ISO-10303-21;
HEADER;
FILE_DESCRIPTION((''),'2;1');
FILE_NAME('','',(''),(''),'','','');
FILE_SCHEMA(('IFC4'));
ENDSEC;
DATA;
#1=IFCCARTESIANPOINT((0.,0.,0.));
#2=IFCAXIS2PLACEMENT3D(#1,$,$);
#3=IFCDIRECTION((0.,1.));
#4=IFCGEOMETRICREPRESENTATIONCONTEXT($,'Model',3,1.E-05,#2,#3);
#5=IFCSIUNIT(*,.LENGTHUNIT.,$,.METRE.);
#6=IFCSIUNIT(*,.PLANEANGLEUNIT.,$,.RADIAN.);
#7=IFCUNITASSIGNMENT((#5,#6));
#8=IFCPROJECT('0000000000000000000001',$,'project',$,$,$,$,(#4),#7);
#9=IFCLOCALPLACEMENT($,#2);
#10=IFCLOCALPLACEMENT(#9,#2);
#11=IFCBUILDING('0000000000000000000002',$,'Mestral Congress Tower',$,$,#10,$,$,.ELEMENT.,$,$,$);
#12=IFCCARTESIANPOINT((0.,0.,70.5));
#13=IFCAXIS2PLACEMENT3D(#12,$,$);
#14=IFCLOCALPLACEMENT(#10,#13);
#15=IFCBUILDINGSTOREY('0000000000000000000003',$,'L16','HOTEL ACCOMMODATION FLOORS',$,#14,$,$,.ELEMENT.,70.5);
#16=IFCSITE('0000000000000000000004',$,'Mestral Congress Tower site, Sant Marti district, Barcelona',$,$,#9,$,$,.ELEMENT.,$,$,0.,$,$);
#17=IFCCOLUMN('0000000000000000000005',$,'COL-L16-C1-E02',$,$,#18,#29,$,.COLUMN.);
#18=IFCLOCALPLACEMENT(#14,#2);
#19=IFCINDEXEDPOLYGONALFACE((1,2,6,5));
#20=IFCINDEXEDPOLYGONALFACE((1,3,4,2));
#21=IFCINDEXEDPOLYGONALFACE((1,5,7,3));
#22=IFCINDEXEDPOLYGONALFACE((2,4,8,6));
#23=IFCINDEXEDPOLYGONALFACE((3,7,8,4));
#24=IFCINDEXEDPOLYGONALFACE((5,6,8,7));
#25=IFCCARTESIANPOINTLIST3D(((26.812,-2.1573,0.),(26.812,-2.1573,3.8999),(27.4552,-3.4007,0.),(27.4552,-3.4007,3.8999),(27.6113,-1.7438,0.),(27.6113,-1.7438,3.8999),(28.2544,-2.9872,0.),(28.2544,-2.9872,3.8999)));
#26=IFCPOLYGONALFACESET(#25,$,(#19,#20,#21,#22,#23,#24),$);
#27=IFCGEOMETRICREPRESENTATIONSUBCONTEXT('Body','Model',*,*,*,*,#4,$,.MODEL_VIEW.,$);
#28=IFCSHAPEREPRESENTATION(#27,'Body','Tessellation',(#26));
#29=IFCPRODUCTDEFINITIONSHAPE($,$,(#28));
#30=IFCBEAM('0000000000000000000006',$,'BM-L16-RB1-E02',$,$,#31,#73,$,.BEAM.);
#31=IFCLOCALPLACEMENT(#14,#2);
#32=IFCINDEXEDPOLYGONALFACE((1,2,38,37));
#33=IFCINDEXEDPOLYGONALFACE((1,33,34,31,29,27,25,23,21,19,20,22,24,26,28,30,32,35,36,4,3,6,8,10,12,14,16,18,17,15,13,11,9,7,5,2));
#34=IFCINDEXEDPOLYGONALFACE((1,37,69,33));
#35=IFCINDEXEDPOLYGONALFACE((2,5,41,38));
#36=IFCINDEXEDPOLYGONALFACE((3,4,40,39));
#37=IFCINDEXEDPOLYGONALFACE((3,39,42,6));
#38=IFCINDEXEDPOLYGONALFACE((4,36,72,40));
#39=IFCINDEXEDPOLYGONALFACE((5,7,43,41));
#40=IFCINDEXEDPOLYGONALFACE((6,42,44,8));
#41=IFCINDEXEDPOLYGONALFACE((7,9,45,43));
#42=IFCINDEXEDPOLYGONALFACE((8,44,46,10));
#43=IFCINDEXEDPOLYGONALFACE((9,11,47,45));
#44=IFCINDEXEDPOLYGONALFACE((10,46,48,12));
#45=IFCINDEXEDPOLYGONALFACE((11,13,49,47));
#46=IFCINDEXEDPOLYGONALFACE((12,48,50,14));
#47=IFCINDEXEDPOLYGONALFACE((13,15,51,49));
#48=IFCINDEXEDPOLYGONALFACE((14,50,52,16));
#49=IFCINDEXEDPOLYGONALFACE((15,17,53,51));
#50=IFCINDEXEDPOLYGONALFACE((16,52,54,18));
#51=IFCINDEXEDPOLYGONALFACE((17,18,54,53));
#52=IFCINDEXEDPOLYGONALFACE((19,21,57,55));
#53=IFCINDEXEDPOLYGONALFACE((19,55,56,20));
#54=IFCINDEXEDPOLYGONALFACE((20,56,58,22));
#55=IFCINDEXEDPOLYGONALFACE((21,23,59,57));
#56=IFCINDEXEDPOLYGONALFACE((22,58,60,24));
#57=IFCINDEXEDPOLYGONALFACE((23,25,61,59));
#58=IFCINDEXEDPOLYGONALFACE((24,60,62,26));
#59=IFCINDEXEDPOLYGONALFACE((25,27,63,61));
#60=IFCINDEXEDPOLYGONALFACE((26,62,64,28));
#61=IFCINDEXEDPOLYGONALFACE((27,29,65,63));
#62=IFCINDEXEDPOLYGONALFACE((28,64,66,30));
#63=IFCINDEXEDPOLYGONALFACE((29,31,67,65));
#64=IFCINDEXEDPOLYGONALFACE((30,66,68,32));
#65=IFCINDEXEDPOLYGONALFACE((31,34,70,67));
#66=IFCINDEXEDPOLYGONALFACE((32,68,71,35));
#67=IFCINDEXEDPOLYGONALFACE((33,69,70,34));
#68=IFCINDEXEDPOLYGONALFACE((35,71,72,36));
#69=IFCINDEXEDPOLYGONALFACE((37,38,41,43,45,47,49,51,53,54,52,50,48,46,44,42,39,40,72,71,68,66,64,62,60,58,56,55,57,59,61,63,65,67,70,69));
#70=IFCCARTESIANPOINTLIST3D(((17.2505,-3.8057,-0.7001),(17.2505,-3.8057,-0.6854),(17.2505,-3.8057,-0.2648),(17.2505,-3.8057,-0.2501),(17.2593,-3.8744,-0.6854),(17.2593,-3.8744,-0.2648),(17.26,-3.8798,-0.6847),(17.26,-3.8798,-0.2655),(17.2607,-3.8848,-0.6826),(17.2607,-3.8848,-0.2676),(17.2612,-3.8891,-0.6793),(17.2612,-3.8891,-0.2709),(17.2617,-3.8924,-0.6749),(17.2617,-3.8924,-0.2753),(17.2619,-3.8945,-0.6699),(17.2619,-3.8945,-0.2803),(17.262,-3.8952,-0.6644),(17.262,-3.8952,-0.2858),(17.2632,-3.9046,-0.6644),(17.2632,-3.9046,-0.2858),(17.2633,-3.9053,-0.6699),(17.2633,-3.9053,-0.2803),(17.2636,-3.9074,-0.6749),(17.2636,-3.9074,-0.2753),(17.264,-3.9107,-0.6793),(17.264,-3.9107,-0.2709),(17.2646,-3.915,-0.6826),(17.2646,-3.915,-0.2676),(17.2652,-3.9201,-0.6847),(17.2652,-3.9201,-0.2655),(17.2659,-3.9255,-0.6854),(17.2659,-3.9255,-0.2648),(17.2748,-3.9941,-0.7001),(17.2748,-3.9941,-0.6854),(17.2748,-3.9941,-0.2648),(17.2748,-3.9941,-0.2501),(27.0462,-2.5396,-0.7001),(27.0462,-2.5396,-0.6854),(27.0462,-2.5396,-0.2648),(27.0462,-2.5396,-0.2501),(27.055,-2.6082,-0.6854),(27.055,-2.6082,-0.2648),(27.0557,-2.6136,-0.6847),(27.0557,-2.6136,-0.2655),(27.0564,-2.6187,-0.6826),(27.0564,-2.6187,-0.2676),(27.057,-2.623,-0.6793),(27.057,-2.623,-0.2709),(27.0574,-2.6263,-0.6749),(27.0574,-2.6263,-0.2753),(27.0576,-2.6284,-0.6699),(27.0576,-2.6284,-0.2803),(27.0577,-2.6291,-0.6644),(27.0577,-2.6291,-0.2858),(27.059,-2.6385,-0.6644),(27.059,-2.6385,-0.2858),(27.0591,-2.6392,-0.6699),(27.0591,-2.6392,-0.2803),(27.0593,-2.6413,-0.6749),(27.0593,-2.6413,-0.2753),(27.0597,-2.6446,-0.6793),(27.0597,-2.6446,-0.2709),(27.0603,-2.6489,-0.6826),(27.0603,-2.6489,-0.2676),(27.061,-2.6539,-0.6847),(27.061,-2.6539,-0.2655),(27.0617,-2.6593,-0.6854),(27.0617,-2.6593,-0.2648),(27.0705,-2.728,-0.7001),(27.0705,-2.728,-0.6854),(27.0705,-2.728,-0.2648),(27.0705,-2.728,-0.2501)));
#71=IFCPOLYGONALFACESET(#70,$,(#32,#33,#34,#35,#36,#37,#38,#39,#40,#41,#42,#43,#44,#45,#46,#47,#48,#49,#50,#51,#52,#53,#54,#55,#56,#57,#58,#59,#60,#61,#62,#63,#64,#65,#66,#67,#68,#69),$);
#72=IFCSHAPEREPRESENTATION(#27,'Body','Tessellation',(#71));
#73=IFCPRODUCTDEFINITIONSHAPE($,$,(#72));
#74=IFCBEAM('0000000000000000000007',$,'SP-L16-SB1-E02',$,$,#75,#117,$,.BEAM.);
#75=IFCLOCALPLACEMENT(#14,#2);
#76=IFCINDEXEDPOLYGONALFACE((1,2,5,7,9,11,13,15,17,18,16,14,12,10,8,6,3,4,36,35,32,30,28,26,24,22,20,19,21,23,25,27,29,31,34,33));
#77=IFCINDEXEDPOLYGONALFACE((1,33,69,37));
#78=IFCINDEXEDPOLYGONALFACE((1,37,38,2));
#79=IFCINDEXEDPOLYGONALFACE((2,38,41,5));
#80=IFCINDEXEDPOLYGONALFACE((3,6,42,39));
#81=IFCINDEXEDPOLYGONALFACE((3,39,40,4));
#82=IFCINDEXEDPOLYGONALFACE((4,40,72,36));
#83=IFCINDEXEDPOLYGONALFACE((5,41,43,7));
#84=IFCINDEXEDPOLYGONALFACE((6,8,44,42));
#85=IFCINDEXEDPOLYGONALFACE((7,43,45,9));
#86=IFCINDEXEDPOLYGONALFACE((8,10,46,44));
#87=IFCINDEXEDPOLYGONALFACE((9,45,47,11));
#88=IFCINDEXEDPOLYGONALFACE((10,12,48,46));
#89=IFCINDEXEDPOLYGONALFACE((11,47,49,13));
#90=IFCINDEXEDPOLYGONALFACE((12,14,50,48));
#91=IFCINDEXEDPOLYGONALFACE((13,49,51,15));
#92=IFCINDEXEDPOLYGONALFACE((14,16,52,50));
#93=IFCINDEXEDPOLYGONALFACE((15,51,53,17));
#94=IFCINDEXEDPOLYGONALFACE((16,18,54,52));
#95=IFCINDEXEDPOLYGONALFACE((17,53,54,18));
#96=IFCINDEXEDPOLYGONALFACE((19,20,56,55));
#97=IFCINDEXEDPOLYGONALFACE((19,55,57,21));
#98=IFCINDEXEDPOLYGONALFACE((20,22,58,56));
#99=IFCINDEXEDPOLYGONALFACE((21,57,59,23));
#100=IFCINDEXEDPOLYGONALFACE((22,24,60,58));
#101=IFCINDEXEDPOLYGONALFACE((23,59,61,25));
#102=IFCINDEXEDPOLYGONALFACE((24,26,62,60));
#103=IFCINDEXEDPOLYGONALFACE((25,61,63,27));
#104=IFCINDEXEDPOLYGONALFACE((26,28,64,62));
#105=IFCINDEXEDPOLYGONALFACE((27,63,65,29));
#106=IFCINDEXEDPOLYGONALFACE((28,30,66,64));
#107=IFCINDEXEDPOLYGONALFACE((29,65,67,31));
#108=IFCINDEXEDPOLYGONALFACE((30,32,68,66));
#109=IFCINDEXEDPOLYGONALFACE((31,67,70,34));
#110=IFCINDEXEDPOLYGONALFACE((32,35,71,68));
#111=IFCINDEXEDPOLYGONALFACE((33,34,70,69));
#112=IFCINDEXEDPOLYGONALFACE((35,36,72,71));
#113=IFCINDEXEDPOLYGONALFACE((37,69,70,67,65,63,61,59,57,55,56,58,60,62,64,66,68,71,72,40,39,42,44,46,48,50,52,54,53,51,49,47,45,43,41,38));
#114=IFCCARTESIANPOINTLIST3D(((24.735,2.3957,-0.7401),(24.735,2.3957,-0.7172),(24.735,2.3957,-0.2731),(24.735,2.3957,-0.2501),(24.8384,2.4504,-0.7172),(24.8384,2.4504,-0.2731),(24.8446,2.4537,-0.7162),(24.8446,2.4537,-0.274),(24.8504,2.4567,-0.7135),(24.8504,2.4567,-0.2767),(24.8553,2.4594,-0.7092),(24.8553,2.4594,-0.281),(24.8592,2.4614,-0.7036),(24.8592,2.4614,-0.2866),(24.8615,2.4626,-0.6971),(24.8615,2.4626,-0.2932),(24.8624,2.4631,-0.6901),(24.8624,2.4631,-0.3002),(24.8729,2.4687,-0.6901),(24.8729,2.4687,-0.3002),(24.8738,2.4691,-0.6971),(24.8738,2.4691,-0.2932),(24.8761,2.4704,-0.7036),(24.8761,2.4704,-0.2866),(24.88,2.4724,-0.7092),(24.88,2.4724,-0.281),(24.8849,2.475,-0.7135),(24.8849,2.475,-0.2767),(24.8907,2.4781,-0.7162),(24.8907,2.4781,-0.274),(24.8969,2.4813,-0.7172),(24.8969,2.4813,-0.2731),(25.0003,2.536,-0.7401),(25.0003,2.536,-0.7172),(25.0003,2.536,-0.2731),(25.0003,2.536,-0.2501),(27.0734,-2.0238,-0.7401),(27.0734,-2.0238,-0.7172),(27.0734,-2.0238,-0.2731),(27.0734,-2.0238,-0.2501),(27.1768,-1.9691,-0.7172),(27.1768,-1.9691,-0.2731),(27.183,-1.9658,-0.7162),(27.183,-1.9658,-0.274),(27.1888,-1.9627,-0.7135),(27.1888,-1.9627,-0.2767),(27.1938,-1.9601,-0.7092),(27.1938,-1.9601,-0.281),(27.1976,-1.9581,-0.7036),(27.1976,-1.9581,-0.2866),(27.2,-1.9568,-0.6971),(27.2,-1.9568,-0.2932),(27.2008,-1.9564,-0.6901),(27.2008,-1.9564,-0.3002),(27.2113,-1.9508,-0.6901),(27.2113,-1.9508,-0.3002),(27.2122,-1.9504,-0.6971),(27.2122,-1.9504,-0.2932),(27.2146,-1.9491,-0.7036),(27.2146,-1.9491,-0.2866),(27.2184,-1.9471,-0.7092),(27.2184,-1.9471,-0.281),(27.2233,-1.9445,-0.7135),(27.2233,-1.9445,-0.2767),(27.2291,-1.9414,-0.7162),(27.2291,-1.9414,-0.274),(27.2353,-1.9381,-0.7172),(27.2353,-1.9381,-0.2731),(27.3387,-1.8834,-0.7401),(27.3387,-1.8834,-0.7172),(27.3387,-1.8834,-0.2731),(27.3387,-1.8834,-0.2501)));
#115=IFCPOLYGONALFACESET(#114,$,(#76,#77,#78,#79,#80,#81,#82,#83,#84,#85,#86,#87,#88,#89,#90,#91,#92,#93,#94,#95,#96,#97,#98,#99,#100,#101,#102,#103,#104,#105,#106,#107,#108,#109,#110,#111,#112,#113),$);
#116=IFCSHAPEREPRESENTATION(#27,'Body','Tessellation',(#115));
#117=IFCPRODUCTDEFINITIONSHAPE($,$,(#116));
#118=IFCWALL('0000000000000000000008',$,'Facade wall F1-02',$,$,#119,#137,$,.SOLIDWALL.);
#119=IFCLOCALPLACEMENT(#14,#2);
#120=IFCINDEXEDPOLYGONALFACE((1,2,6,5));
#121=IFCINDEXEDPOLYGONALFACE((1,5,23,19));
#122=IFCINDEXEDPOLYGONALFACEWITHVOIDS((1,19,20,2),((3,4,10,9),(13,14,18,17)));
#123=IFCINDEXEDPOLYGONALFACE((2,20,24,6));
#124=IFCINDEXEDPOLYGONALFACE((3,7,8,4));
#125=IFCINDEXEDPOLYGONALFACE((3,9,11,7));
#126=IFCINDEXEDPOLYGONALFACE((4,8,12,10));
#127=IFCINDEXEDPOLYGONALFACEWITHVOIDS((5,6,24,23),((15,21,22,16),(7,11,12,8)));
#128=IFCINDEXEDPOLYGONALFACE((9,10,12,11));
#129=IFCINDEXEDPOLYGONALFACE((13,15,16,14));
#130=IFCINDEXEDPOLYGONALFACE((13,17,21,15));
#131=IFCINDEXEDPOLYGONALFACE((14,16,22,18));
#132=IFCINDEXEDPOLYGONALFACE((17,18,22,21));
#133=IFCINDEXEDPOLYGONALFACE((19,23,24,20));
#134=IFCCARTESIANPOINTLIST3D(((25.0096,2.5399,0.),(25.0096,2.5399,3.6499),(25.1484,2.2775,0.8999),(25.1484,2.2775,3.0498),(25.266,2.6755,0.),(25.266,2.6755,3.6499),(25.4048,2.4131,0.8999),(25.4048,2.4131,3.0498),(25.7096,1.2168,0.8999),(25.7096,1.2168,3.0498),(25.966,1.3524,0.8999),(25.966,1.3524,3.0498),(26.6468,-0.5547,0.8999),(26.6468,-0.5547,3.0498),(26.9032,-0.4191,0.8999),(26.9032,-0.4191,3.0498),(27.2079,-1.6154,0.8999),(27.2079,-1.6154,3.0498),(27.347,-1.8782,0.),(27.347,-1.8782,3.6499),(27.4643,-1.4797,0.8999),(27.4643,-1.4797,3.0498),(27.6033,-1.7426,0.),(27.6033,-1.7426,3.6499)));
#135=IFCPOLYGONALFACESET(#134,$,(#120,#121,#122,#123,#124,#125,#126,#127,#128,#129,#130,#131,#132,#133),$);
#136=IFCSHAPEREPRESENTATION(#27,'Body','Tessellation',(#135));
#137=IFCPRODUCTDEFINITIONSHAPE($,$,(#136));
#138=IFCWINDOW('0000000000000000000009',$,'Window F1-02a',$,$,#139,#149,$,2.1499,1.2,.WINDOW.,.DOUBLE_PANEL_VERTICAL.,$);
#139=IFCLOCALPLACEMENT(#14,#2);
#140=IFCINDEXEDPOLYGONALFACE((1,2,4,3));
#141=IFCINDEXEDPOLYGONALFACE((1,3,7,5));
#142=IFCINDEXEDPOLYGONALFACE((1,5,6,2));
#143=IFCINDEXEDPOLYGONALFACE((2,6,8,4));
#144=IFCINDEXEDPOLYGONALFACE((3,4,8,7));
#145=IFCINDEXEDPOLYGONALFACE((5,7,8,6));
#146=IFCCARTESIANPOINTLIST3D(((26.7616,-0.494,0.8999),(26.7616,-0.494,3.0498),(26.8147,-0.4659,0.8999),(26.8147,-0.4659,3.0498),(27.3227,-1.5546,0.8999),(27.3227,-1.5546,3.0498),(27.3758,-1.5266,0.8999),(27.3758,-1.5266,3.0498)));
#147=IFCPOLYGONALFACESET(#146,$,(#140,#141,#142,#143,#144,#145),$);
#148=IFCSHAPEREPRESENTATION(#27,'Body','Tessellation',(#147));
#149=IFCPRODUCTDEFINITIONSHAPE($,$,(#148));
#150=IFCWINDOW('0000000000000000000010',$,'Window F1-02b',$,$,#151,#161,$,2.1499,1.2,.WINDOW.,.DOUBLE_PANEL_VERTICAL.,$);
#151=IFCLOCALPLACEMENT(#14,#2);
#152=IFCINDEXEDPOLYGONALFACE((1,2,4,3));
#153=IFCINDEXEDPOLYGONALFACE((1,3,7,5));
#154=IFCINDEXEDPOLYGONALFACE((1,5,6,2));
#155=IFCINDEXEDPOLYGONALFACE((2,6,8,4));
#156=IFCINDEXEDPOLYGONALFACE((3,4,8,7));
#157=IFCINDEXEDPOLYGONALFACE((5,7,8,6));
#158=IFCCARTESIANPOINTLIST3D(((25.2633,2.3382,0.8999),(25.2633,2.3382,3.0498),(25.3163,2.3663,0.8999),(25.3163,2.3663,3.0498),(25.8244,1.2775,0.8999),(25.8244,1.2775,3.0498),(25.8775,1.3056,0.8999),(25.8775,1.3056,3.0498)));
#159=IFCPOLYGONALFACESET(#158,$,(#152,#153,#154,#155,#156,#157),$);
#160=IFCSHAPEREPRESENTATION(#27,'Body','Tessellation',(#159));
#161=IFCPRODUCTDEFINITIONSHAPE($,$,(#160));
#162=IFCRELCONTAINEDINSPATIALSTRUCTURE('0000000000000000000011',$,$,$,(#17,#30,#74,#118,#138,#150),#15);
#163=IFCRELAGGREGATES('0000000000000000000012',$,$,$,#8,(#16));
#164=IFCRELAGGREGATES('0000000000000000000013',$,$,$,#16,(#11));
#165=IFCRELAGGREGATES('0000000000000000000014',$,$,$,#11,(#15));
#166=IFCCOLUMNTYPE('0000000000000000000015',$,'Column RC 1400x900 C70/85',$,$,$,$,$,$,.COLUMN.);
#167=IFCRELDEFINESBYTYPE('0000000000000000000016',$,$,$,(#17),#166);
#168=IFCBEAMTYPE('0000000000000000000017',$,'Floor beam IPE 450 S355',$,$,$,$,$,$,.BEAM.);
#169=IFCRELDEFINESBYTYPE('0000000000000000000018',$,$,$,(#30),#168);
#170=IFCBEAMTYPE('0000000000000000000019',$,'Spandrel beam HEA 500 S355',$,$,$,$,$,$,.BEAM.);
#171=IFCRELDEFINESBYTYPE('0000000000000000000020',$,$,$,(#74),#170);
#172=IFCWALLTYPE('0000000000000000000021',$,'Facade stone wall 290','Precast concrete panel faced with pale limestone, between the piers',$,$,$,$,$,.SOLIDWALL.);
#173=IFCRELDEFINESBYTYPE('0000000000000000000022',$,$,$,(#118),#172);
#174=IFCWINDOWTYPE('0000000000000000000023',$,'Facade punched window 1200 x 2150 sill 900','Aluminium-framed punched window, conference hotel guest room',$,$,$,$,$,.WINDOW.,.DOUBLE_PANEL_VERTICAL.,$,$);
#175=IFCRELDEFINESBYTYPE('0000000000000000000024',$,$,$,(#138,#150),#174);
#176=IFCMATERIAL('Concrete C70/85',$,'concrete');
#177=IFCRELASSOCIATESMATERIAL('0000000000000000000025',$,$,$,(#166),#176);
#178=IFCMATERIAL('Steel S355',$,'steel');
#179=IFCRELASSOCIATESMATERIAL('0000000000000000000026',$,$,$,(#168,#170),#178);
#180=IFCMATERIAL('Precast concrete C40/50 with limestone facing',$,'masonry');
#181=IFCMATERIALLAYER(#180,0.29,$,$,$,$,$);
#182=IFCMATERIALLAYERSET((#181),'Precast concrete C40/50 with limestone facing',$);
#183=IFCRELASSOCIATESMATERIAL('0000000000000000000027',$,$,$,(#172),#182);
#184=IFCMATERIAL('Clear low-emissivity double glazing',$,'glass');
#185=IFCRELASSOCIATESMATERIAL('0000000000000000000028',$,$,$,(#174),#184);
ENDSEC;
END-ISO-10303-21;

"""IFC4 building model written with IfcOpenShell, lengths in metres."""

from ifc_helpers import new_model, si_unit, direction, frame, frame_2d, origin, origin_2d, place, context, subcontext, project, spatial, rectangle, i_section, extrude, material, layer, layer_set, material_profile, profile_set, type_object, element, fill, save


model = new_model("IFC4")

# Units and contexts
model_context = context("Model", 3, precision=1e-05, world=origin(), true_north=direction((0.0, 1.0)))
body_context = subcontext(model_context, "Body", "Model", "MODEL_VIEW")
ifc_project = project(units=[si_unit("LENGTHUNIT", "METRE"), si_unit("PLANEANGLEUNIT", "RADIAN")], contexts=[model_context])

# Site, building, storey
site_placement = place(None, origin())
site = spatial("IfcSite", under=ifc_project, at=site_placement, Name="Mestral Congress Tower site, Sant Marti district, Barcelona", CompositionType="ELEMENT", RefElevation=0.0)
building_placement = place(site_placement, origin())
building = spatial("IfcBuilding", under=site, at=building_placement, Name="Mestral Congress Tower", CompositionType="ELEMENT")
storey_placement = place(building_placement, frame((0.0, 0.0, 70.5)))
storey = spatial("IfcBuildingStorey", under=building, at=storey_placement, Name="L16", Description="HOTEL ACCOMMODATION FLOORS", CompositionType="ELEMENT", Elevation=70.5)

# Column
ifc_material_1 = material(Name="Concrete C70/85", Category="concrete")
ifc_material_profile_1 = material_profile(ifc_material_1, rectangle(XDim=1.3999, YDim=0.8999, at=origin_2d()), Name="RC 1400x900")
ifc_profile_set_1 = profile_set([ifc_material_profile_1], Name="Concrete C70/85")
column_type = type_object("IfcColumnType", Name="Column RC 1400x900 C70/85", PredefinedType="COLUMN", material=ifc_profile_set_1)
column_placement = place(storey_placement, frame((27.5332, -2.5723, 0.0), z_axis=(0.0, 0.0, 1.0), x_axis=(-0.459456, 0.888201, 0.0)))
element("IfcColumn", 1, at=column_placement, inside=storey, type_object=column_type, Name="COL-L16-C1-E02", PredefinedType="COLUMN", context=body_context, shape_type="SweptSolid", body=[
    extrude(rectangle(XDim=1.3999, YDim=0.8999, at=origin_2d()), origin(), (0.0, 0.0, 1.0), 3.8999),
])

# Beams
ifc_material_2 = material(Name="Steel S355", Category="steel")
ifc_material_profile_2 = material_profile(ifc_material_2, i_section(OverallWidth=0.1899, OverallDepth=0.45, WebThickness=0.0095, FlangeThickness=0.0146, FilletRadius=0.021, at=origin_2d()), Name="IPE 450")
ifc_profile_set_2 = profile_set([ifc_material_profile_2], Name="Steel S355")
beam_type_1 = type_object("IfcBeamType", Name="Floor beam IPE 450 S355", PredefinedType="BEAM", material=ifc_profile_set_2)
beam_1_placement = place(storey_placement, frame((27.0583, -2.6338, -0.4751), z_axis=(-0.99175, -0.128186, 0.0), x_axis=(0.128186, -0.99175, 0.0)))
element("IfcBeam", 2, at=beam_1_placement, inside=storey, type_object=beam_type_1, Name="BM-L16-RB1-E02", PredefinedType="BEAM", context=body_context, shape_type="SweptSolid", body=[
    extrude(i_section(OverallWidth=0.1899, OverallDepth=0.45, WebThickness=0.0095, FlangeThickness=0.0146, FilletRadius=0.021, at=origin_2d()), origin(), (0.0, 0.0, 1.0), 9.8772),
])
ifc_material_profile_3 = material_profile(ifc_material_2, i_section(OverallWidth=0.3, OverallDepth=0.49, WebThickness=0.012, FlangeThickness=0.0229, FilletRadius=0.0271, at=origin_2d()), Name="HEA 500")
ifc_profile_set_3 = profile_set([ifc_material_profile_3], Name="Steel S355")
beam_type_2 = type_object("IfcBeamType", Name="Spandrel beam HEA 500 S355", PredefinedType="BEAM", material=ifc_profile_set_3)
beam_2_placement = place(storey_placement, frame((27.2061, -1.9536, -0.4951), z_axis=(-0.467681, 0.883897, 0.0), x_axis=(-0.883897, -0.467681, 0.0)))
element("IfcBeam", 3, at=beam_2_placement, inside=storey, type_object=beam_type_2, Name="SP-L16-SB1-E02", PredefinedType="BEAM", context=body_context, shape_type="SweptSolid", body=[
    extrude(i_section(OverallWidth=0.3, OverallDepth=0.49, WebThickness=0.012, FlangeThickness=0.0229, FilletRadius=0.0271, at=origin_2d()), origin(), (0.0, 0.0, 1.0), 5.0),
])

# Wall, openings, windows
ifc_material_3 = material(Name="Precast concrete C40/50 with limestone facing", Category="masonry")
ifc_layer_1 = layer(ifc_material_3, 0.29)
ifc_layer_set_1 = layer_set([ifc_layer_1], Name="Precast concrete C40/50 with limestone facing")
wall_type_1 = type_object("IfcWallType", Name="Facade stone wall 290", Description="Precast concrete panel faced with pale limestone, between the piers", PredefinedType="SOLIDWALL", material=ifc_layer_set_1)
wall_1_placement = place(storey_placement, frame((27.4751, -1.8103, 0.0), z_axis=(0.0, 0.0, 1.0), x_axis=(-0.46763, 0.883925, 0.0)))
wall_1 = element("IfcWall", 4, at=wall_1_placement, inside=storey, type_object=wall_type_1, Name="Facade wall F1-02", PredefinedType="SOLIDWALL", context=body_context, shape_type="SweptSolid", body=[
    extrude(rectangle(XDim=4.9983, YDim=0.29, at=frame_2d((2.499, 0.0))), origin(), (0.0, 0.0, 1.0), 3.6499),
])
opening_1_placement = place(wall_1_placement, frame((0.2971, 0.0, 0.8999)))
opening_1 = element("IfcOpeningElement", 5, at=opening_1_placement, cuts=wall_1, PredefinedType="OPENING", context=body_context, shape_type="SweptSolid", body=[
    extrude(rectangle(XDim=1.2, YDim=2.1499, at=frame_2d((0.6001, 1.075))), frame((0.0, 0.155, 0.0), z_axis=(0.0, -1.0, 0.0), x_axis=(1.0, 0.0, 0.0)), (0.0, 0.0, 1.0), 0.3101),
])
opening_2_placement = place(wall_1_placement, frame((3.5012, 0.0, 0.8999)))
opening_2 = element("IfcOpeningElement", 6, at=opening_2_placement, cuts=wall_1, PredefinedType="OPENING", context=body_context, shape_type="SweptSolid", body=[
    extrude(rectangle(XDim=1.2, YDim=2.1499, at=frame_2d((0.6001, 1.075))), frame((0.0, 0.155, 0.0), z_axis=(0.0, -1.0, 0.0), x_axis=(1.0, 0.0, 0.0)), (0.0, 0.0, 1.0), 0.3101),
])
ifc_material_4 = material(Name="Clear low-emissivity double glazing", Category="glass")
window_type = type_object("IfcWindowType", Name="Facade punched window 1200 x 2150 sill 900", Description="Aluminium-framed punched window, conference hotel guest room", PartitioningType="DOUBLE_PANEL_VERTICAL", PredefinedType="WINDOW", material=ifc_material_4)
window_1_placement = place(opening_1_placement, origin())
window_1 = element("IfcWindow", 7, at=window_1_placement, inside=storey, type_object=window_type, Name="Window F1-02a", OverallHeight=2.1499, OverallWidth=1.2, PartitioningType="DOUBLE_PANEL_VERTICAL", PredefinedType="WINDOW", context=body_context, shape_type="SweptSolid", body=[
    extrude(rectangle(XDim=1.2, YDim=2.1499, at=frame_2d((0.6001, 1.075))), frame((0.0, 0.0151, 0.0), z_axis=(0.0, -1.0, 0.0), x_axis=(1.0, 0.0, 0.0)), (0.0, 0.0, 1.0), 0.0601),
])
fill(opening_1, window_1)
window_2_placement = place(opening_2_placement, origin())
window_2 = element("IfcWindow", 8, at=window_2_placement, inside=storey, type_object=window_type, Name="Window F1-02b", OverallHeight=2.1499, OverallWidth=1.2, PartitioningType="DOUBLE_PANEL_VERTICAL", PredefinedType="WINDOW", context=body_context, shape_type="SweptSolid", body=[
    extrude(rectangle(XDim=1.2, YDim=2.1499, at=frame_2d((0.6001, 1.075))), frame((0.0, 0.0151, 0.0), z_axis=(0.0, -1.0, 0.0), x_axis=(1.0, 0.0, 0.0)), (0.0, 0.0, 1.0), 0.0601),
])
fill(opening_2, window_2)

save(model, "model.ifc")
